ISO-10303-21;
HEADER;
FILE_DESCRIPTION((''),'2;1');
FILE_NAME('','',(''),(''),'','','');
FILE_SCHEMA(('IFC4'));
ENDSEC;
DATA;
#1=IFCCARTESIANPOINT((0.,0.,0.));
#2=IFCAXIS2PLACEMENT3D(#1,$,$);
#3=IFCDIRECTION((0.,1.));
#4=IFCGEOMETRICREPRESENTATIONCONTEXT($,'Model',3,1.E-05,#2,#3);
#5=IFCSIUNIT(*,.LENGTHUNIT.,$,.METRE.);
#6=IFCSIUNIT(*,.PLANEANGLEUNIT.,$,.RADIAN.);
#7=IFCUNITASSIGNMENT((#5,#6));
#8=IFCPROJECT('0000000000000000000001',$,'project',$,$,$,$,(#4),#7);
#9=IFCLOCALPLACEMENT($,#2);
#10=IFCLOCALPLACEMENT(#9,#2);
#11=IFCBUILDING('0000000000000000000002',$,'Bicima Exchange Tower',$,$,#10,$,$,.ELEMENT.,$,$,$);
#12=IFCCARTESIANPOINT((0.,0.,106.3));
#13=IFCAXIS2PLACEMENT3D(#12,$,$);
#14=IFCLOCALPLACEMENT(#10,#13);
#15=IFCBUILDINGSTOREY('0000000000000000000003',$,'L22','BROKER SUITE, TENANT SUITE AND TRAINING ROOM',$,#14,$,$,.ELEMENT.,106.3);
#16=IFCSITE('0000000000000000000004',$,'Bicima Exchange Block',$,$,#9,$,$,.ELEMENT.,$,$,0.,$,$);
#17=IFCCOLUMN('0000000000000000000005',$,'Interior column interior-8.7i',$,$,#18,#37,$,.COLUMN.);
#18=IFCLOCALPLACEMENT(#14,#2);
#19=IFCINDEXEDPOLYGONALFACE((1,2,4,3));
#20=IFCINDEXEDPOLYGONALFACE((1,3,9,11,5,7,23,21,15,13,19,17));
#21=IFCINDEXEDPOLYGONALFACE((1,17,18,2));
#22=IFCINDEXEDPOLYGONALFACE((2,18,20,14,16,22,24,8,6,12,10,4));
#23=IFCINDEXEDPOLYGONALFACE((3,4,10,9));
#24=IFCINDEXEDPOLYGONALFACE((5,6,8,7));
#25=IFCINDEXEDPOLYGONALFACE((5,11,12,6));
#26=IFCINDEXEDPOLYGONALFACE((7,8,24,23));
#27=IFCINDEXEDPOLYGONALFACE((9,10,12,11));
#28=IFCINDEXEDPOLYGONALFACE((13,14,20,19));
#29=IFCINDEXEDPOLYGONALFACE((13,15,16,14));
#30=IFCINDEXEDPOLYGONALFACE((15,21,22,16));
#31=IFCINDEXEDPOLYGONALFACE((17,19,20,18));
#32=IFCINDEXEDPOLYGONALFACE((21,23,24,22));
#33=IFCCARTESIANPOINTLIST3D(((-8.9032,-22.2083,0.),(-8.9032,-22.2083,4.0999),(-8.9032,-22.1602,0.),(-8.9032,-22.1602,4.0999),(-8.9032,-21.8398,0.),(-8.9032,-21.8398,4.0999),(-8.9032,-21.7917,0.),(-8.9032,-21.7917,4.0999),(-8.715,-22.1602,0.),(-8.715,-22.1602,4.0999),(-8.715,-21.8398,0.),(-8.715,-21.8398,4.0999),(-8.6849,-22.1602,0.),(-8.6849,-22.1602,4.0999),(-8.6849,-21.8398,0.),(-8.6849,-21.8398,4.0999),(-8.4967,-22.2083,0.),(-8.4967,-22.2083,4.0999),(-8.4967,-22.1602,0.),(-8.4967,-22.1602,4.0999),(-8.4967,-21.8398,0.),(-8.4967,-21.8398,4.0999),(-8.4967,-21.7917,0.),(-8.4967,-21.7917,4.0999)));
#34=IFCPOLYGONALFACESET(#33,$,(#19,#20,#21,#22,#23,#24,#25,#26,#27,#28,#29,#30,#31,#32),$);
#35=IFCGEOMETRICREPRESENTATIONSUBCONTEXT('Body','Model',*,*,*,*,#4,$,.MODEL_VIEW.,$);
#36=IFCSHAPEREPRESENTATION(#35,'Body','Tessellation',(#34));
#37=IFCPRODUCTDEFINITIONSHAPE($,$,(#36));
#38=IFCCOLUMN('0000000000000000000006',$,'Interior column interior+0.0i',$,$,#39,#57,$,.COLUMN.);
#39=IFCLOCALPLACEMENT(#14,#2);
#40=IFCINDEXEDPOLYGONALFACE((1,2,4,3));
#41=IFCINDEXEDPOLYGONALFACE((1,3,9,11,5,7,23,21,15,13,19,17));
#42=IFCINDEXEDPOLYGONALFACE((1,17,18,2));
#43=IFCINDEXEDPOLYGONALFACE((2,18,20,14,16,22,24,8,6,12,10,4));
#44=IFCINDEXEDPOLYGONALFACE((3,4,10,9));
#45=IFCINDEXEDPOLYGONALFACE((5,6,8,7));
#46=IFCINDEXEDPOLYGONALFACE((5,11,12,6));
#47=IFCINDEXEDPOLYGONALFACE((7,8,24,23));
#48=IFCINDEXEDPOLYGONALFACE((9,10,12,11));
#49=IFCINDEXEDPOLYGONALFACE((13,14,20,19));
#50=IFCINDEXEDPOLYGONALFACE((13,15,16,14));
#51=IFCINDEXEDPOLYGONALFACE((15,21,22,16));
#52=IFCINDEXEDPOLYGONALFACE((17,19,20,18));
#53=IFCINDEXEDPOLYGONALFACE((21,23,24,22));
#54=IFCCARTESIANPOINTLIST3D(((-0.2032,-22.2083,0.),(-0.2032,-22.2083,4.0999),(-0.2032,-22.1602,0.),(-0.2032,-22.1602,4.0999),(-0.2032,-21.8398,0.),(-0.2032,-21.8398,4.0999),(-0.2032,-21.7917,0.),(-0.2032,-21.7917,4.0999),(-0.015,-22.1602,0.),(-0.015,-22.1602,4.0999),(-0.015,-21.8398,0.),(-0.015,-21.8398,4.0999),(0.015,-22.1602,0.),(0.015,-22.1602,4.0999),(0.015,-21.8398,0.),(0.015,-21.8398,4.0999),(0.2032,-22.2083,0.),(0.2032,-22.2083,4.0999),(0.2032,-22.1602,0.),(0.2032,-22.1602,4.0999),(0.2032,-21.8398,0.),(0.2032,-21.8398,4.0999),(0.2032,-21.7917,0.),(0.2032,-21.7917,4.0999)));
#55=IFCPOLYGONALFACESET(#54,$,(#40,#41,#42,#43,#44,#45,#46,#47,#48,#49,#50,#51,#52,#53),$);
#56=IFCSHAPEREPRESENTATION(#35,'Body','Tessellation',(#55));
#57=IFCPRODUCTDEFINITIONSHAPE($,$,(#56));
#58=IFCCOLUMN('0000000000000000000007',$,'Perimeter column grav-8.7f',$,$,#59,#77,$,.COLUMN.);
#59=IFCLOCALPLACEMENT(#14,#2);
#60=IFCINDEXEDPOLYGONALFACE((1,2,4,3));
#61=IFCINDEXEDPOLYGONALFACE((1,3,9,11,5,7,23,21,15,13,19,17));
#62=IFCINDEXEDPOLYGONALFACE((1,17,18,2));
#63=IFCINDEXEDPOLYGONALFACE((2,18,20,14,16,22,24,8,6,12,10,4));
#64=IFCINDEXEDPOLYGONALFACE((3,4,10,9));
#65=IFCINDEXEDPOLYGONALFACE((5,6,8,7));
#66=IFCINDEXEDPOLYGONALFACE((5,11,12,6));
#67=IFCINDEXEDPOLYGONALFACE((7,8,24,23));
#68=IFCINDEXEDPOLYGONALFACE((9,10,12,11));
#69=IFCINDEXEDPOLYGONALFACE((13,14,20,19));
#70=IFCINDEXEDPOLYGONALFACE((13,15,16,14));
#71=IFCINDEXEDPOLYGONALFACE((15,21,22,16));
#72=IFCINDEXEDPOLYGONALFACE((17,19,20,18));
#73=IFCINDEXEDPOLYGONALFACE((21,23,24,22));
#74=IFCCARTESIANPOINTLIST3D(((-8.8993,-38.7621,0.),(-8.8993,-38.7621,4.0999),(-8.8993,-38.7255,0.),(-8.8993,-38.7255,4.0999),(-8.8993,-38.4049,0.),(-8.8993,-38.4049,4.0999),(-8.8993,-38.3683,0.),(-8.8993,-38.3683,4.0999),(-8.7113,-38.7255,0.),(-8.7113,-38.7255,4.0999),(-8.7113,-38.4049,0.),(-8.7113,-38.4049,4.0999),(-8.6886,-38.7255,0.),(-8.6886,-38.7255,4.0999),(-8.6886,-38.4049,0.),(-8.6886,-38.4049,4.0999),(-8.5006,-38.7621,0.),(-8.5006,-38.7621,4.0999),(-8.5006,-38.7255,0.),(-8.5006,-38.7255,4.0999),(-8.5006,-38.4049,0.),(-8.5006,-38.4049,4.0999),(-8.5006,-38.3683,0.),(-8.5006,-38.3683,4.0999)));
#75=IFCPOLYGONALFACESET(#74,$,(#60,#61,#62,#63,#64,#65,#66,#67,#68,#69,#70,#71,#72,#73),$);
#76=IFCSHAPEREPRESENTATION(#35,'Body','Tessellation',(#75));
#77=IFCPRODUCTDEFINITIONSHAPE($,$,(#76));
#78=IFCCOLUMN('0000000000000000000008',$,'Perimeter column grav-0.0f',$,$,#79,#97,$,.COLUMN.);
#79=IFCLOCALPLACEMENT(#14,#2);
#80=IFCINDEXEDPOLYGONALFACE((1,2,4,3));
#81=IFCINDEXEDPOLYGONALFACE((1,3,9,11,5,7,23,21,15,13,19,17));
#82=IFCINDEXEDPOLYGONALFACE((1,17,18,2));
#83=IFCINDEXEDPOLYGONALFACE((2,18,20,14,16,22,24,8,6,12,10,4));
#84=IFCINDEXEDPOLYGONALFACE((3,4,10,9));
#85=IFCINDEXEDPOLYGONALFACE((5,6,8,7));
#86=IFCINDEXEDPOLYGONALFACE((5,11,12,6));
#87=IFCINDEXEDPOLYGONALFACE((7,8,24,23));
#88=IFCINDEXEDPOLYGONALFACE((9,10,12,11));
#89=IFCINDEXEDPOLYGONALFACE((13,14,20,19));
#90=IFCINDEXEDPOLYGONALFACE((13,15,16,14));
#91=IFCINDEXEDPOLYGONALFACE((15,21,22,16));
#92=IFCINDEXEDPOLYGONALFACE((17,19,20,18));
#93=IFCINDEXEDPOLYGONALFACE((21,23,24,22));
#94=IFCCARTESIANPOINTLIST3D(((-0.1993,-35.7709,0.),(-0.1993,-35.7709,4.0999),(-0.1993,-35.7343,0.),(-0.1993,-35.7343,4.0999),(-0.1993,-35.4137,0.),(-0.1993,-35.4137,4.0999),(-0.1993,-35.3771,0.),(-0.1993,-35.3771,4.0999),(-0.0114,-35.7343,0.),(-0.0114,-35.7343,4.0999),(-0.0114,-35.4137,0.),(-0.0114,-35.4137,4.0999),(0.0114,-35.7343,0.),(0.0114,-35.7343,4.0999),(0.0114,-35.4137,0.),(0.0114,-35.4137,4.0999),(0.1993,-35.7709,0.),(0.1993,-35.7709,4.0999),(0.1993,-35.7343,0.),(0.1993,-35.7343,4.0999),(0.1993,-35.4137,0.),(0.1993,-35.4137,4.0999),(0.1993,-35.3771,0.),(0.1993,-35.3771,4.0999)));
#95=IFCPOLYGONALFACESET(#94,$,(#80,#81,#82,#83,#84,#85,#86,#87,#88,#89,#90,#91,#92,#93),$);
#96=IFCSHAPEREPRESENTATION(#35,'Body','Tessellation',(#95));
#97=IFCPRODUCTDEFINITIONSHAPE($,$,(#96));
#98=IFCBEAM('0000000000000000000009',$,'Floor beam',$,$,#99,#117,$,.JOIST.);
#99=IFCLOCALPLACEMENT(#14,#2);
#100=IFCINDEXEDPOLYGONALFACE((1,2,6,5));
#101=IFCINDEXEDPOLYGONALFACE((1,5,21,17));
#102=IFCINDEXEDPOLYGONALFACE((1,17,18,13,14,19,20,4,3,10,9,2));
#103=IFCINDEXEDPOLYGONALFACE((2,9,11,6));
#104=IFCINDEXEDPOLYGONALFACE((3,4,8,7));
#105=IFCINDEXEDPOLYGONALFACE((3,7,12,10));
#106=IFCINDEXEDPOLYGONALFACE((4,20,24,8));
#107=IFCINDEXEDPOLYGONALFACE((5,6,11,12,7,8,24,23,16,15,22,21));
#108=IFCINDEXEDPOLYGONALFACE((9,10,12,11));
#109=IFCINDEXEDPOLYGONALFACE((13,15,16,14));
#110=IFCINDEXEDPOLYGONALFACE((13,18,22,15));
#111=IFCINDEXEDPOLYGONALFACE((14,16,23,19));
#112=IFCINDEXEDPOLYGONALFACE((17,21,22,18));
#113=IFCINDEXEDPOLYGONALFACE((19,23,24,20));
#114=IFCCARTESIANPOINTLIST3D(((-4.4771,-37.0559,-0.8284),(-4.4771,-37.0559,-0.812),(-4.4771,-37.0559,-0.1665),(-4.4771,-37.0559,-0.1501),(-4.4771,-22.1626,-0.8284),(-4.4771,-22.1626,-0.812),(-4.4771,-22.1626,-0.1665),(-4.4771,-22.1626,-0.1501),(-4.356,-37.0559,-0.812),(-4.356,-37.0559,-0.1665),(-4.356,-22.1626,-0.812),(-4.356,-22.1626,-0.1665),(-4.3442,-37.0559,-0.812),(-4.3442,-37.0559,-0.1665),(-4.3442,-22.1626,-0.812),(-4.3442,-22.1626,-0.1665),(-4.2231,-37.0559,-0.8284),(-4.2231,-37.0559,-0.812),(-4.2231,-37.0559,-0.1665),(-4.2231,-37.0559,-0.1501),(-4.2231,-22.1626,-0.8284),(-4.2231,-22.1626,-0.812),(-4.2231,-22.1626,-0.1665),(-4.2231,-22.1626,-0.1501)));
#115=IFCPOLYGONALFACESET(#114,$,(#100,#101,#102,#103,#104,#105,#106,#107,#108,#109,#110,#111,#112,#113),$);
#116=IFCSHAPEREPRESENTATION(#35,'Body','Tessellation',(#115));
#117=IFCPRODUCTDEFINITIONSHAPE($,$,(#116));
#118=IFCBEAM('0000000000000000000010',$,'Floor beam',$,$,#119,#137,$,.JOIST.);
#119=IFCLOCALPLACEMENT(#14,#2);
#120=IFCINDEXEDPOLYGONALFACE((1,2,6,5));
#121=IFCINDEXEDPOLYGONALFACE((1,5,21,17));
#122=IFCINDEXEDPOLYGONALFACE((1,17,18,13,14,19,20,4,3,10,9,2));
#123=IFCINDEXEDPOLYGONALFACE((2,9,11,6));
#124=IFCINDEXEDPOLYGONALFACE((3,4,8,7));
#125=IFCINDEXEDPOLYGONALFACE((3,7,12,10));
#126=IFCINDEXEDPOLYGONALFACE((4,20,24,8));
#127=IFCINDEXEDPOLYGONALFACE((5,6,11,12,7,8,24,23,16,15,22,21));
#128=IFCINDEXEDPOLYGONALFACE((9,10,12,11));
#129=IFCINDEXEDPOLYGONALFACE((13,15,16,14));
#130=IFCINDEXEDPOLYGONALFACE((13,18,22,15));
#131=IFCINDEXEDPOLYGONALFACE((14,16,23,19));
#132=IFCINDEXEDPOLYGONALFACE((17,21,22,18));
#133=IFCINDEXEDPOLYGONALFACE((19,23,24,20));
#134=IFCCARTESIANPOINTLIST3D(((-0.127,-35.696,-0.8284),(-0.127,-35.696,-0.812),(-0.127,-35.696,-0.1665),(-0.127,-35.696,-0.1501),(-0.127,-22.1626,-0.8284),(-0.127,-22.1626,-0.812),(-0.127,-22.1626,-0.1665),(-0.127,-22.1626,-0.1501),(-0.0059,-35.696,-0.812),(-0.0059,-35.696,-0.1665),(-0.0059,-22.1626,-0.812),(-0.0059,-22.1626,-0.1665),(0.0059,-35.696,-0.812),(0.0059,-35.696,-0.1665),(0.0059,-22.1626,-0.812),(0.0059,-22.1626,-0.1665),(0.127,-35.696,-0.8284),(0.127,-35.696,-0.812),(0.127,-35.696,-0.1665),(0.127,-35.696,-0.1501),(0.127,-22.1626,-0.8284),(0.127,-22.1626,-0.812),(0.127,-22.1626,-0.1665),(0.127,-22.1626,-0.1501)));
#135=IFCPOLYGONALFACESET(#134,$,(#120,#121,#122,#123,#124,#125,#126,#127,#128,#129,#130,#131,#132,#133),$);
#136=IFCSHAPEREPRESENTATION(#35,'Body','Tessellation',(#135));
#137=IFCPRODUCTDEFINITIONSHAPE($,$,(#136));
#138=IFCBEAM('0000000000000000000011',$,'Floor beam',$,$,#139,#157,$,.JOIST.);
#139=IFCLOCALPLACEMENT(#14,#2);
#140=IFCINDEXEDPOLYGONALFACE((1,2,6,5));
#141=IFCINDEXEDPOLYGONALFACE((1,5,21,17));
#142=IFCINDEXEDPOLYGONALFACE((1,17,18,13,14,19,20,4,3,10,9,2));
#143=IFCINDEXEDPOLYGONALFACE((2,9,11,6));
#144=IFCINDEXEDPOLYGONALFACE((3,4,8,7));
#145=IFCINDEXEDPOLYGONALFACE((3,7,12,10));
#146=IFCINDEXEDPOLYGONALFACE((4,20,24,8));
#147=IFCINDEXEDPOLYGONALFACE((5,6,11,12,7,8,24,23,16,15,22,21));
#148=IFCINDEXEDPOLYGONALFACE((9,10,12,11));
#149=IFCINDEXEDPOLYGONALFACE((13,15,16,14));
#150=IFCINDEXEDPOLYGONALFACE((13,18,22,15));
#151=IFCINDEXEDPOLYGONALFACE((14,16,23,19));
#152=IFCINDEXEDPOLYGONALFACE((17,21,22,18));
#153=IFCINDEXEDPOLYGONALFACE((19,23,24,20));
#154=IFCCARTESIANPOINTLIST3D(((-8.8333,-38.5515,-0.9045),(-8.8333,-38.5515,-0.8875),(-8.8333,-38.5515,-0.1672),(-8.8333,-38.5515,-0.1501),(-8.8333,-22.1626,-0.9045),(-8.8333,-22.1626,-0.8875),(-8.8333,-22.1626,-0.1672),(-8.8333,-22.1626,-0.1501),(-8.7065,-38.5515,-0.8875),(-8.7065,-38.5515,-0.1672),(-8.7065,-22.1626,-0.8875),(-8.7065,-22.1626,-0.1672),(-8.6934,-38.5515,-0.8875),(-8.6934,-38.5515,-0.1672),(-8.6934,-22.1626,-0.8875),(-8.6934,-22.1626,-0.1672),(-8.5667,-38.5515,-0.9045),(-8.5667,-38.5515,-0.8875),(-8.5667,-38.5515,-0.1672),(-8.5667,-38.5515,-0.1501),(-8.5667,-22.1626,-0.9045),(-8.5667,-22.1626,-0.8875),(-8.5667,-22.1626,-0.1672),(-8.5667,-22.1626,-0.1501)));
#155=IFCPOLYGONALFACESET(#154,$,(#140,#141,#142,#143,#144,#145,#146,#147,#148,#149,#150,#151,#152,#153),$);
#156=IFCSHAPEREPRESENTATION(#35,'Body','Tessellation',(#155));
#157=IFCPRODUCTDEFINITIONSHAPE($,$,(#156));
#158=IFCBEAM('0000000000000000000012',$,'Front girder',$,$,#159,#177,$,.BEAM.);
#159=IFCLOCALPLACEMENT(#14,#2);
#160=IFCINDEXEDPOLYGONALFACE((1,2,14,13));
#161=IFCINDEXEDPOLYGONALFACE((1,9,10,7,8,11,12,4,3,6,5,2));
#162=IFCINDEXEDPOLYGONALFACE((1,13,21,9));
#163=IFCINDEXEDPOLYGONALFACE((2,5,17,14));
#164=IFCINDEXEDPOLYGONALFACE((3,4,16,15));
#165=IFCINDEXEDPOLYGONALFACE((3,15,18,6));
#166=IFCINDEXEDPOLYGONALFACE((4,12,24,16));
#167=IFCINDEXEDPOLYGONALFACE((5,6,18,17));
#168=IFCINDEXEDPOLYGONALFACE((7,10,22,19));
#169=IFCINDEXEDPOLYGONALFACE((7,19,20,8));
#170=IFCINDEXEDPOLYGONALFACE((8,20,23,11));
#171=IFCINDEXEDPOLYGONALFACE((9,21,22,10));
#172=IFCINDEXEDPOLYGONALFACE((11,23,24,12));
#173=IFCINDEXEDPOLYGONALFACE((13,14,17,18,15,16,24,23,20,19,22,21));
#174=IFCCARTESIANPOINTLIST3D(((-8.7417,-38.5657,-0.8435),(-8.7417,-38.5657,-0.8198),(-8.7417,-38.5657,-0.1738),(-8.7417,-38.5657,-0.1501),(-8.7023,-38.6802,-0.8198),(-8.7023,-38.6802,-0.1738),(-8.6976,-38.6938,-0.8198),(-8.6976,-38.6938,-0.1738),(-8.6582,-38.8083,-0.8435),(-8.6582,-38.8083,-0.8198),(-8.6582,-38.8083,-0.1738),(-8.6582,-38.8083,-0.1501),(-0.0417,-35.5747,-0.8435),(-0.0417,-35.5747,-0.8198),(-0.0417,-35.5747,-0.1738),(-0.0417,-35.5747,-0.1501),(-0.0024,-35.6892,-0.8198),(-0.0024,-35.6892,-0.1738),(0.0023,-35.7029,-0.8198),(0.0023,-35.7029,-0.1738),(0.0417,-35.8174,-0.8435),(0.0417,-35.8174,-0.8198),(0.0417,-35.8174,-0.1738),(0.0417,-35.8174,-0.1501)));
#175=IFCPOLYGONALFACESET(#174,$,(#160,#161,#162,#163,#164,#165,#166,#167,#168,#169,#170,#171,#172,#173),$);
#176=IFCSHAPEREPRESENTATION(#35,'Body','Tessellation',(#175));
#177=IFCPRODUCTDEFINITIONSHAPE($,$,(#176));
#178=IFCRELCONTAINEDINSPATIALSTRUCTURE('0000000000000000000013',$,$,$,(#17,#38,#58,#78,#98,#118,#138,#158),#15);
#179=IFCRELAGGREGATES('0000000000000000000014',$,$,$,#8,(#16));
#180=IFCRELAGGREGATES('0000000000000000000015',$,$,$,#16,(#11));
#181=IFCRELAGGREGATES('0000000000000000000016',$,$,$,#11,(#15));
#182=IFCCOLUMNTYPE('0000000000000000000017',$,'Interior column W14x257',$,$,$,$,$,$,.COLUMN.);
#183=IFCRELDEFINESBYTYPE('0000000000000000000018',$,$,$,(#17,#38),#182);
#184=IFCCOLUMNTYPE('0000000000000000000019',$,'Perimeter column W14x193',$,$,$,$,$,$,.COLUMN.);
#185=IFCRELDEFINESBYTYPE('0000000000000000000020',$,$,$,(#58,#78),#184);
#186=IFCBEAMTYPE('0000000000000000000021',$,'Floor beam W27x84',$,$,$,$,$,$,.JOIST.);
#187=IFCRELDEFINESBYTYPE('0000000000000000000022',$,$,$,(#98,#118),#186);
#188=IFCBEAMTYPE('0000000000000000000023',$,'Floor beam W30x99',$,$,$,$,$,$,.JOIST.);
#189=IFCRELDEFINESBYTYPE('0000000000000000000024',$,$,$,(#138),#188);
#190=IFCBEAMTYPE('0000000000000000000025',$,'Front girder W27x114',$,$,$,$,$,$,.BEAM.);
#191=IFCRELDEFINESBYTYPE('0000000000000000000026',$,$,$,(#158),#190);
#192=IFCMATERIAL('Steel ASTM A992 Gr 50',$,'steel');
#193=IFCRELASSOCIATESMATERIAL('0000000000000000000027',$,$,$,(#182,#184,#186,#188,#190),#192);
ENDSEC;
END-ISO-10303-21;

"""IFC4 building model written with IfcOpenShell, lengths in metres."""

from ifc_helpers import new_model, si_unit, direction, frame, origin, origin_2d, place, context, subcontext, project, spatial, i_section, extrude, material, material_profile, profile_set, type_object, element, save


model = new_model("IFC4")

# Units and contexts
model_context = context("Model", 3, precision=1e-05, world=origin(), true_north=direction((0.0, 1.0)))
body_context = subcontext(model_context, "Body", "Model", "MODEL_VIEW")
ifc_project = project(units=[si_unit("LENGTHUNIT", "METRE"), si_unit("PLANEANGLEUNIT", "RADIAN")], contexts=[model_context])

# Site, building, storey
site_placement = place(None, origin())
site = spatial("IfcSite", under=ifc_project, at=site_placement, Name="Bicima Exchange Block", CompositionType="ELEMENT", RefElevation=0.0)
building_placement = place(site_placement, origin())
building = spatial("IfcBuilding", under=site, at=building_placement, Name="Bicima Exchange Tower", CompositionType="ELEMENT")
storey_placement = place(building_placement, frame((0.0, 0.0, 106.3)))
storey = spatial("IfcBuildingStorey", under=building, at=storey_placement, Name="L22", Description="BROKER SUITE, TENANT SUITE AND TRAINING ROOM", CompositionType="ELEMENT", Elevation=106.3)

# Columns
ifc_material_1 = material(Name="Steel ASTM A992 Gr 50", Category="steel")
ifc_material_profile_1 = material_profile(ifc_material_1, i_section(OverallWidth=0.4065, OverallDepth=0.4165, WebThickness=0.03, FlangeThickness=0.0481, at=origin_2d()))
ifc_profile_set_1 = profile_set([ifc_material_profile_1], Name="Steel ASTM A992 Gr 50")
column_type_1 = type_object("IfcColumnType", Name="Interior column W14x257", PredefinedType="COLUMN", material=ifc_profile_set_1)
for number, where, z_axis, x_axis, name in (
    (1, (-8.7, -22.0, 0.0), (0.0, 0.0, 1.0), (1.0, 0.0, 0.0), "Interior column interior-8.7i"),
    (2, (0.0, -22.0, 0.0), (0.0, 0.0, 1.0), (1.0, 0.0, 0.0), "Interior column interior+0.0i"),
):
    element("IfcColumn", number, at=place(storey_placement, frame(where, z_axis=z_axis, x_axis=x_axis)), inside=storey, type_object=column_type_1, Name=name, PredefinedType="COLUMN", context=body_context, shape_type="SweptSolid", body=[
        extrude(i_section(OverallWidth=0.4065, OverallDepth=0.4165, WebThickness=0.03, FlangeThickness=0.0481, at=origin_2d()), origin(), (0.0, 0.0, 1.0), 4.0999),
    ])
ifc_material_profile_2 = material_profile(ifc_material_1, i_section(OverallWidth=0.3987, OverallDepth=0.3938, WebThickness=0.0227, FlangeThickness=0.0366, at=origin_2d()))
ifc_profile_set_2 = profile_set([ifc_material_profile_2], Name="Steel ASTM A992 Gr 50")
column_type_2 = type_object("IfcColumnType", Name="Perimeter column W14x193", PredefinedType="COLUMN", material=ifc_profile_set_2)
for number, where, z_axis, x_axis, name in (
    (3, (-8.7, -38.5652, 0.0), (0.0, 0.0, 1.0), (1.0, 0.0, 0.0), "Perimeter column grav-8.7f"),
    (4, (0.0, -35.574, 0.0), (0.0, 0.0, 1.0), (1.0, 0.0, 0.0), "Perimeter column grav-0.0f"),
):
    element("IfcColumn", number, at=place(storey_placement, frame(where, z_axis=z_axis, x_axis=x_axis)), inside=storey, type_object=column_type_2, Name=name, PredefinedType="COLUMN", context=body_context, shape_type="SweptSolid", body=[
        extrude(i_section(OverallWidth=0.3987, OverallDepth=0.3938, WebThickness=0.0227, FlangeThickness=0.0366, at=origin_2d()), origin(), (0.0, 0.0, 1.0), 4.0999),
    ])

# Beams
ifc_material_profile_3 = material_profile(ifc_material_1, i_section(OverallWidth=0.2539, OverallDepth=0.6782, WebThickness=0.0117, FlangeThickness=0.0164, at=origin_2d()))
ifc_profile_set_3 = profile_set([ifc_material_profile_3], Name="Steel ASTM A992 Gr 50")
beam_type_1 = type_object("IfcBeamType", Name="Floor beam W27x84", PredefinedType="JOIST", material=ifc_profile_set_3)
beam_1_placement = place(storey_placement, frame((-4.3501, -22.1626, -0.4893), z_axis=(0.0, -1.0, 0.0), x_axis=(1.0, 0.0, 0.0)))
element("IfcBeam", 5, at=beam_1_placement, inside=storey, type_object=beam_type_1, Name="Floor beam", PredefinedType="JOIST", context=body_context, shape_type="SweptSolid", body=[
    extrude(i_section(OverallWidth=0.2539, OverallDepth=0.6782, WebThickness=0.0117, FlangeThickness=0.0164, at=origin_2d()), origin(), (0.0, 0.0, 1.0), 14.8933),
])
beam_2_placement = place(storey_placement, frame((0.0, -22.1626, -0.4893), z_axis=(0.0, -1.0, 0.0), x_axis=(1.0, 0.0, 0.0)))
element("IfcBeam", 6, at=beam_2_placement, inside=storey, type_object=beam_type_1, Name="Floor beam", PredefinedType="JOIST", context=body_context, shape_type="SweptSolid", body=[
    extrude(i_section(OverallWidth=0.2539, OverallDepth=0.6782, WebThickness=0.0117, FlangeThickness=0.0164, at=origin_2d()), origin(), (0.0, 0.0, 1.0), 13.5334),
])
ifc_material_profile_4 = material_profile(ifc_material_1, i_section(OverallWidth=0.2666, OverallDepth=0.7544, WebThickness=0.0132, FlangeThickness=0.0171, at=origin_2d()))
ifc_profile_set_4 = profile_set([ifc_material_profile_4], Name="Steel ASTM A992 Gr 50")
beam_type_2 = type_object("IfcBeamType", Name="Floor beam W30x99", PredefinedType="JOIST", material=ifc_profile_set_4)
beam_3_placement = place(storey_placement, frame((-8.7, -22.1626, -0.5273), z_axis=(0.0, -1.0, 0.0), x_axis=(1.0, 0.0, 0.0)))
element("IfcBeam", 7, at=beam_3_placement, inside=storey, type_object=beam_type_2, Name="Floor beam", PredefinedType="JOIST", context=body_context, shape_type="SweptSolid", body=[
    extrude(i_section(OverallWidth=0.2666, OverallDepth=0.7544, WebThickness=0.0132, FlangeThickness=0.0171, at=origin_2d()), origin(), (0.0, 0.0, 1.0), 16.3889),
])
ifc_material_profile_5 = material_profile(ifc_material_1, i_section(OverallWidth=0.2566, OverallDepth=0.6934, WebThickness=0.0144, FlangeThickness=0.0237, at=origin_2d()))
ifc_profile_set_5 = profile_set([ifc_material_profile_5], Name="Steel ASTM A992 Gr 50")
beam_type_3 = type_object("IfcBeamType", Name="Front girder W27x114", PredefinedType="BEAM", material=ifc_profile_set_5)
for number, where, z_axis, x_axis, name in (
    (8, (-8.7, -38.687, -0.4968), (0.945675, 0.325115, 0.0), (-0.325115, 0.945675, 0.0), "Front girder"),
):
    element("IfcBeam", number, at=place(storey_placement, frame(where, z_axis=z_axis, x_axis=x_axis)), inside=storey, type_object=beam_type_3, Name=name, PredefinedType="BEAM", context=body_context, shape_type="SweptSolid", body=[
        extrude(i_section(OverallWidth=0.2566, OverallDepth=0.6934, WebThickness=0.0144, FlangeThickness=0.0237, at=origin_2d()), origin(), (0.0, 0.0, 1.0), 9.1997),
    ])

save(model, "model.ifc")
